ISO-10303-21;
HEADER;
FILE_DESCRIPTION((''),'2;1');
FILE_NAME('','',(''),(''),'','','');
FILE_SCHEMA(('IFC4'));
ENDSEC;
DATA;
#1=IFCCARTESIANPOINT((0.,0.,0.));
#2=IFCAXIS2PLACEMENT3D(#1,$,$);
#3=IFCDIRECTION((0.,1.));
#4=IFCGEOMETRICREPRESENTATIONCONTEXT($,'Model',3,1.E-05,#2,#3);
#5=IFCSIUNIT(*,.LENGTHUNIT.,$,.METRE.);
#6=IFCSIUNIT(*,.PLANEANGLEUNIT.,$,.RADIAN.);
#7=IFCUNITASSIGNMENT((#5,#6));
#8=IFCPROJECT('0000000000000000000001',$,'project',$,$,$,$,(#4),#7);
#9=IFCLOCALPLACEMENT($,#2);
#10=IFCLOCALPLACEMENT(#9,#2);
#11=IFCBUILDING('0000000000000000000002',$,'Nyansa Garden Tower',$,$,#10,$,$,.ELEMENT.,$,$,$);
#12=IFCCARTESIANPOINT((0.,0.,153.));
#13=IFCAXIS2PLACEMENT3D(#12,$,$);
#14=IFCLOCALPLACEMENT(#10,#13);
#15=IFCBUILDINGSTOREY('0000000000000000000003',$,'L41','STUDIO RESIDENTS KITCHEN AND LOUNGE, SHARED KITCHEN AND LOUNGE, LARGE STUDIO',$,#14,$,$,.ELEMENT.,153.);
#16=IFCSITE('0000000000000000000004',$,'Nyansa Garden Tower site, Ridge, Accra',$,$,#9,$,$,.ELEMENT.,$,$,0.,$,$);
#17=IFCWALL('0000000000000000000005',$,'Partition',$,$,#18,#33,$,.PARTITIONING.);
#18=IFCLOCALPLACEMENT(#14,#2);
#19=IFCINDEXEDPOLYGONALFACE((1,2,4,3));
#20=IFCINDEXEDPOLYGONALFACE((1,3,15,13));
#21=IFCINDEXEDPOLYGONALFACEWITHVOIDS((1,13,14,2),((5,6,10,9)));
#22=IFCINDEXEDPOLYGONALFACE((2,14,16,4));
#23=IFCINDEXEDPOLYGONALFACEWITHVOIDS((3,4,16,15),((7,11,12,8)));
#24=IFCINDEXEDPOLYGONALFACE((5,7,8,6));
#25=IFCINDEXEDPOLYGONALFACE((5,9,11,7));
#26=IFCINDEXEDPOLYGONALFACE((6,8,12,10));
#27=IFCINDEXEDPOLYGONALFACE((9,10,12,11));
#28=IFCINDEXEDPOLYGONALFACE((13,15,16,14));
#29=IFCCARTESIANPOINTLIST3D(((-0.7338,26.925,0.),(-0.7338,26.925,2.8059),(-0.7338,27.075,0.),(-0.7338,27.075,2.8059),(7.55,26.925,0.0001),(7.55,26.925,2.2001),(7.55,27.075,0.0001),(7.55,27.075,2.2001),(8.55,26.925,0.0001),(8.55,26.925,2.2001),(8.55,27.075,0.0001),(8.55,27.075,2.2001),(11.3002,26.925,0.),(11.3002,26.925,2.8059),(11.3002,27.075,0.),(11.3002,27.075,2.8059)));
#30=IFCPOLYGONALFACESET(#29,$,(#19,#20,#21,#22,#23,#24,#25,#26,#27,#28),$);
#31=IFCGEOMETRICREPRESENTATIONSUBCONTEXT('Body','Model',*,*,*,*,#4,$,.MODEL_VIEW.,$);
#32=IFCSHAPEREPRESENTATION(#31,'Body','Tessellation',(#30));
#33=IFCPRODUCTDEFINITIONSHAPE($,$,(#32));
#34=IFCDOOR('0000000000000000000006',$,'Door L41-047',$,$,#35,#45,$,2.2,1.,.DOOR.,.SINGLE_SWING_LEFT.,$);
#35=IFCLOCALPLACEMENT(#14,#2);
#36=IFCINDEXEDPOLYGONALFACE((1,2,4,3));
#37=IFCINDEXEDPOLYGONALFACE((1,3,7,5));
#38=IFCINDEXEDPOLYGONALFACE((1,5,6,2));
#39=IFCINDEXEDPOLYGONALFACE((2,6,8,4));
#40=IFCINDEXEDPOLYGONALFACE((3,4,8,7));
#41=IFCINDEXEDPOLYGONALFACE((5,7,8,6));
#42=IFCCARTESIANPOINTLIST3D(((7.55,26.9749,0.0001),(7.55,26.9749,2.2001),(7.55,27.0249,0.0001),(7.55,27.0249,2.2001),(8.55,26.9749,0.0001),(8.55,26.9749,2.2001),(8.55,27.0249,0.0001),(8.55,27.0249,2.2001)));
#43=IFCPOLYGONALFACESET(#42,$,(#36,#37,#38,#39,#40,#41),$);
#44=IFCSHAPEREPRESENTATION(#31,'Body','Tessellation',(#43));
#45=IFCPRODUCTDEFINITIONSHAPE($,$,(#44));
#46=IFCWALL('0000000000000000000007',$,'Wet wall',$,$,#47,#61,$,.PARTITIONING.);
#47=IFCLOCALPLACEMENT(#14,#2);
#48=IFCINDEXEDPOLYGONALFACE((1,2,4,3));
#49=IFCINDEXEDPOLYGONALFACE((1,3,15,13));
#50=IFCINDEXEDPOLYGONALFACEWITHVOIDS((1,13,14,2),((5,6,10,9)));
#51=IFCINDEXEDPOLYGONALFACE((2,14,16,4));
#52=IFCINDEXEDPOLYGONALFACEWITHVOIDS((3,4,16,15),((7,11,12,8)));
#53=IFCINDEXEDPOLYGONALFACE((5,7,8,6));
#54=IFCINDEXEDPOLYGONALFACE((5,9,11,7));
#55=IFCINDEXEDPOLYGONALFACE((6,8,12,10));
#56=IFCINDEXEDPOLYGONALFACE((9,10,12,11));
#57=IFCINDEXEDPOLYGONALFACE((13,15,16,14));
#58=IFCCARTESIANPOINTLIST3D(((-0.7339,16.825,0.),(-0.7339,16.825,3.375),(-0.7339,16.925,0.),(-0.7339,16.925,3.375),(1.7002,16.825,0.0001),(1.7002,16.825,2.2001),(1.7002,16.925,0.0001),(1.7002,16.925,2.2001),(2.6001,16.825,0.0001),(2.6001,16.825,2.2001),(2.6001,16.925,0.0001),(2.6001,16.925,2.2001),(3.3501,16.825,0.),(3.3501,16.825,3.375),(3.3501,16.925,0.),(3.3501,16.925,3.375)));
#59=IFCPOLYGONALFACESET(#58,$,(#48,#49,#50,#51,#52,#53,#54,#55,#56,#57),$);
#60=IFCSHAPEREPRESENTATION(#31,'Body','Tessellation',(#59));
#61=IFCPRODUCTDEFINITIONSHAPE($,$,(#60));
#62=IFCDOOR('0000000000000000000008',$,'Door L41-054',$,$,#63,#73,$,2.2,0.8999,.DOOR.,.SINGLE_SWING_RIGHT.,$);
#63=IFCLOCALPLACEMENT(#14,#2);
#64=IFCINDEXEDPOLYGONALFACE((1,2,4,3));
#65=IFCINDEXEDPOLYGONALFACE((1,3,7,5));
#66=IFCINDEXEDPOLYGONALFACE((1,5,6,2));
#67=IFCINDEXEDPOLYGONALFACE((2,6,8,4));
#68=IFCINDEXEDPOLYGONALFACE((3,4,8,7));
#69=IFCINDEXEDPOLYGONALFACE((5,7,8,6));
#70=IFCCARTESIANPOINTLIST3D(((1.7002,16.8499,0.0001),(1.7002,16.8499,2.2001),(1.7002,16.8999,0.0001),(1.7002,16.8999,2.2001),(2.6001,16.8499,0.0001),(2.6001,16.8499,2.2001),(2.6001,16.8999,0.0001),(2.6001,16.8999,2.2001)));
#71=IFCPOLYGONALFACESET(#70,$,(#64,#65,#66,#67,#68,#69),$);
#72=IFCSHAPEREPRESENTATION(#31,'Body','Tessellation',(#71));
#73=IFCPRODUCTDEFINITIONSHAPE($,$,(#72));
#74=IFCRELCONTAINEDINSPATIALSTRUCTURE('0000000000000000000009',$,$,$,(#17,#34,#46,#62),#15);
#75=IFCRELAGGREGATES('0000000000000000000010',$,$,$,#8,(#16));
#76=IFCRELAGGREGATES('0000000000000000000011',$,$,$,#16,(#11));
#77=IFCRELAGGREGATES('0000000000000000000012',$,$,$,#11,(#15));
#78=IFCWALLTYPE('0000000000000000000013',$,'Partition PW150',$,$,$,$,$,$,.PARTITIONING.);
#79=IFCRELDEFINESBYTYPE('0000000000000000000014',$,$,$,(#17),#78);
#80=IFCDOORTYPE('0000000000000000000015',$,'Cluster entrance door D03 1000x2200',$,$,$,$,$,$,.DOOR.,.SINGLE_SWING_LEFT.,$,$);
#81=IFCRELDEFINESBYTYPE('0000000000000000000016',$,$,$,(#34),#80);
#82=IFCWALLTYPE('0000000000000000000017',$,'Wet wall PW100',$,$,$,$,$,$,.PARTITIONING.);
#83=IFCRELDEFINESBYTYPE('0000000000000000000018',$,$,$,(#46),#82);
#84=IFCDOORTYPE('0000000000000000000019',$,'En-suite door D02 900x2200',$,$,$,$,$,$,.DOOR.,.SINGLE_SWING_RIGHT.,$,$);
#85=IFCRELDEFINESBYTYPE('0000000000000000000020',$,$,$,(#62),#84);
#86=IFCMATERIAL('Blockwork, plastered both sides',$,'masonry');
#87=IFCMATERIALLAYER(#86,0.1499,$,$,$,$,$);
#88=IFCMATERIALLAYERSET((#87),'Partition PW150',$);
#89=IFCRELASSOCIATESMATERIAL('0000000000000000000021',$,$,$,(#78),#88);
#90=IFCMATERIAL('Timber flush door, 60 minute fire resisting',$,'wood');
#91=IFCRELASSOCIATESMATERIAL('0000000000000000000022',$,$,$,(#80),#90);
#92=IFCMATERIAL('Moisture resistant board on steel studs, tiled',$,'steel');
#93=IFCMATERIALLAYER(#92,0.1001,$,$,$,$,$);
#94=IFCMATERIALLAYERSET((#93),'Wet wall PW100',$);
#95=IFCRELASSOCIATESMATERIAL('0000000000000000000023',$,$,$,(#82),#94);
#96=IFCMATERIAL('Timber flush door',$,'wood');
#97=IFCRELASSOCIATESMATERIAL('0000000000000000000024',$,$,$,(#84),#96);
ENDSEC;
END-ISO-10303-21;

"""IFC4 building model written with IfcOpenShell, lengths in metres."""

from ifc_helpers import new_model, si_unit, direction, frame, frame_2d, origin, place, context, subcontext, project, spatial, rectangle, extrude, material, layer, layer_set, type_object, element, fill, save


model = new_model("IFC4")

# Units and contexts
model_context = context("Model", 3, precision=1e-05, world=origin(), true_north=direction((0.0, 1.0)))
body_context = subcontext(model_context, "Body", "Model", "MODEL_VIEW")
ifc_project = project(units=[si_unit("LENGTHUNIT", "METRE"), si_unit("PLANEANGLEUNIT", "RADIAN")], contexts=[model_context])

# Site, building, storey
site_placement = place(None, origin())
site = spatial("IfcSite", under=ifc_project, at=site_placement, Name="Nyansa Garden Tower site, Ridge, Accra", CompositionType="ELEMENT", RefElevation=0.0)
building_placement = place(site_placement, origin())
building = spatial("IfcBuilding", under=site, at=building_placement, Name="Nyansa Garden Tower", CompositionType="ELEMENT")
storey_placement = place(building_placement, frame((0.0, 0.0, 153.0)))
storey = spatial("IfcBuildingStorey", under=building, at=storey_placement, Name="L41", Description="STUDIO RESIDENTS KITCHEN AND LOUNGE, SHARED KITCHEN AND LOUNGE, LARGE STUDIO", CompositionType="ELEMENT", Elevation=153.0)

# Shared definitions
ifc_material_1 = material(Name="Blockwork, plastered both sides", Category="masonry")
ifc_layer_1 = layer(ifc_material_1, 0.1499)
ifc_layer_set_1 = layer_set([ifc_layer_1], Name="Partition PW150")
wall_type_1 = type_object("IfcWallType", Name="Partition PW150", PredefinedType="PARTITIONING", material=ifc_layer_set_1)

# Walls, openings, doors
wall_1_placement = place(storey_placement, frame((-0.7339, 27.0, 0.0), z_axis=(0.0, 0.0, 1.0), x_axis=(1.0, 0.0, 0.0)))
wall_1 = element("IfcWall", 1, at=wall_1_placement, inside=storey, type_object=wall_type_1, Name="Partition", PredefinedType="PARTITIONING", context=body_context, shape_type="SweptSolid", body=[
    extrude(rectangle(XDim=12.0339, YDim=0.1499, at=frame_2d((6.0171, 0.0))), origin(), (0.0, 0.0, 1.0), 2.8059),
])
opening_1_placement = place(wall_1_placement, frame((8.2839, 0.0, 0.0)))
opening_1 = element("IfcOpeningElement", 2, at=opening_1_placement, cuts=wall_1, PredefinedType="OPENING", context=body_context, shape_type="SweptSolid", body=[
    extrude(rectangle(XDim=1.0, YDim=2.2, at=frame_2d((0.5, 1.1001))), frame((0.0, 0.085, 0.0), z_axis=(0.0, -1.0, 0.0), x_axis=(1.0, 0.0, 0.0)), (0.0, 0.0, 1.0), 0.1699),
])
ifc_material_2 = material(Name="Timber flush door, 60 minute fire resisting", Category="wood")
door_type_1 = type_object("IfcDoorType", Name="Cluster entrance door D03 1000x2200", OperationType="SINGLE_SWING_LEFT", PredefinedType="DOOR", material=ifc_material_2)
door_1_placement = place(opening_1_placement, origin())
door_1 = element("IfcDoor", 3, at=door_1_placement, inside=storey, type_object=door_type_1, Name="Door L41-047", OperationType="SINGLE_SWING_LEFT", OverallHeight=2.2, OverallWidth=1.0, PredefinedType="DOOR", context=body_context, shape_type="SweptSolid", body=[
    extrude(rectangle(XDim=1.0, YDim=2.2, at=frame_2d((0.5, 1.1001))), frame((0.0, 0.0249, 0.0), z_axis=(0.0, -1.0, 0.0), x_axis=(1.0, 0.0, 0.0)), (0.0, 0.0, 1.0), 0.05),
])
fill(opening_1, door_1)
ifc_material_3 = material(Name="Moisture resistant board on steel studs, tiled", Category="steel")
ifc_layer_2 = layer(ifc_material_3, 0.1001)
ifc_layer_set_2 = layer_set([ifc_layer_2], Name="Wet wall PW100")
wall_type_2 = type_object("IfcWallType", Name="Wet wall PW100", PredefinedType="PARTITIONING", material=ifc_layer_set_2)
wall_2_placement = place(storey_placement, frame((-0.7339, 16.875, 0.0), z_axis=(0.0, 0.0, 1.0), x_axis=(1.0, 0.0, 0.0)))
wall_2 = element("IfcWall", 4, at=wall_2_placement, inside=storey, type_object=wall_type_2, Name="Wet wall", PredefinedType="PARTITIONING", context=body_context, shape_type="SweptSolid", body=[
    extrude(rectangle(XDim=4.084, YDim=0.1001, at=frame_2d((2.042, 0.0))), origin(), (0.0, 0.0, 1.0), 3.375),
])
opening_2_placement = place(wall_2_placement, frame((2.4341, 0.0, 0.0)))
opening_2 = element("IfcOpeningElement", 5, at=opening_2_placement, cuts=wall_2, PredefinedType="OPENING", context=body_context, shape_type="SweptSolid", body=[
    extrude(rectangle(XDim=0.8999, YDim=2.2, at=frame_2d((0.45, 1.1001))), frame((0.0, 0.0601, 0.0), z_axis=(0.0, -1.0, 0.0), x_axis=(1.0, 0.0, 0.0)), (0.0, 0.0, 1.0), 0.1201),
])
ifc_material_4 = material(Name="Timber flush door", Category="wood")
door_type_2 = type_object("IfcDoorType", Name="En-suite door D02 900x2200", OperationType="SINGLE_SWING_RIGHT", PredefinedType="DOOR", material=ifc_material_4)
door_2_placement = place(opening_2_placement, origin())
door_2 = element("IfcDoor", 6, at=door_2_placement, inside=storey, type_object=door_type_2, Name="Door L41-054", OperationType="SINGLE_SWING_RIGHT", OverallHeight=2.2, OverallWidth=0.8999, PredefinedType="DOOR", context=body_context, shape_type="SweptSolid", body=[
    extrude(rectangle(XDim=0.8999, YDim=2.2, at=frame_2d((0.45, 1.1001))), frame((0.0, 0.0249, 0.0), z_axis=(0.0, -1.0, 0.0), x_axis=(1.0, 0.0, 0.0)), (0.0, 0.0, 1.0), 0.05),
])
fill(opening_2, door_2)

save(model, "model.ifc")
